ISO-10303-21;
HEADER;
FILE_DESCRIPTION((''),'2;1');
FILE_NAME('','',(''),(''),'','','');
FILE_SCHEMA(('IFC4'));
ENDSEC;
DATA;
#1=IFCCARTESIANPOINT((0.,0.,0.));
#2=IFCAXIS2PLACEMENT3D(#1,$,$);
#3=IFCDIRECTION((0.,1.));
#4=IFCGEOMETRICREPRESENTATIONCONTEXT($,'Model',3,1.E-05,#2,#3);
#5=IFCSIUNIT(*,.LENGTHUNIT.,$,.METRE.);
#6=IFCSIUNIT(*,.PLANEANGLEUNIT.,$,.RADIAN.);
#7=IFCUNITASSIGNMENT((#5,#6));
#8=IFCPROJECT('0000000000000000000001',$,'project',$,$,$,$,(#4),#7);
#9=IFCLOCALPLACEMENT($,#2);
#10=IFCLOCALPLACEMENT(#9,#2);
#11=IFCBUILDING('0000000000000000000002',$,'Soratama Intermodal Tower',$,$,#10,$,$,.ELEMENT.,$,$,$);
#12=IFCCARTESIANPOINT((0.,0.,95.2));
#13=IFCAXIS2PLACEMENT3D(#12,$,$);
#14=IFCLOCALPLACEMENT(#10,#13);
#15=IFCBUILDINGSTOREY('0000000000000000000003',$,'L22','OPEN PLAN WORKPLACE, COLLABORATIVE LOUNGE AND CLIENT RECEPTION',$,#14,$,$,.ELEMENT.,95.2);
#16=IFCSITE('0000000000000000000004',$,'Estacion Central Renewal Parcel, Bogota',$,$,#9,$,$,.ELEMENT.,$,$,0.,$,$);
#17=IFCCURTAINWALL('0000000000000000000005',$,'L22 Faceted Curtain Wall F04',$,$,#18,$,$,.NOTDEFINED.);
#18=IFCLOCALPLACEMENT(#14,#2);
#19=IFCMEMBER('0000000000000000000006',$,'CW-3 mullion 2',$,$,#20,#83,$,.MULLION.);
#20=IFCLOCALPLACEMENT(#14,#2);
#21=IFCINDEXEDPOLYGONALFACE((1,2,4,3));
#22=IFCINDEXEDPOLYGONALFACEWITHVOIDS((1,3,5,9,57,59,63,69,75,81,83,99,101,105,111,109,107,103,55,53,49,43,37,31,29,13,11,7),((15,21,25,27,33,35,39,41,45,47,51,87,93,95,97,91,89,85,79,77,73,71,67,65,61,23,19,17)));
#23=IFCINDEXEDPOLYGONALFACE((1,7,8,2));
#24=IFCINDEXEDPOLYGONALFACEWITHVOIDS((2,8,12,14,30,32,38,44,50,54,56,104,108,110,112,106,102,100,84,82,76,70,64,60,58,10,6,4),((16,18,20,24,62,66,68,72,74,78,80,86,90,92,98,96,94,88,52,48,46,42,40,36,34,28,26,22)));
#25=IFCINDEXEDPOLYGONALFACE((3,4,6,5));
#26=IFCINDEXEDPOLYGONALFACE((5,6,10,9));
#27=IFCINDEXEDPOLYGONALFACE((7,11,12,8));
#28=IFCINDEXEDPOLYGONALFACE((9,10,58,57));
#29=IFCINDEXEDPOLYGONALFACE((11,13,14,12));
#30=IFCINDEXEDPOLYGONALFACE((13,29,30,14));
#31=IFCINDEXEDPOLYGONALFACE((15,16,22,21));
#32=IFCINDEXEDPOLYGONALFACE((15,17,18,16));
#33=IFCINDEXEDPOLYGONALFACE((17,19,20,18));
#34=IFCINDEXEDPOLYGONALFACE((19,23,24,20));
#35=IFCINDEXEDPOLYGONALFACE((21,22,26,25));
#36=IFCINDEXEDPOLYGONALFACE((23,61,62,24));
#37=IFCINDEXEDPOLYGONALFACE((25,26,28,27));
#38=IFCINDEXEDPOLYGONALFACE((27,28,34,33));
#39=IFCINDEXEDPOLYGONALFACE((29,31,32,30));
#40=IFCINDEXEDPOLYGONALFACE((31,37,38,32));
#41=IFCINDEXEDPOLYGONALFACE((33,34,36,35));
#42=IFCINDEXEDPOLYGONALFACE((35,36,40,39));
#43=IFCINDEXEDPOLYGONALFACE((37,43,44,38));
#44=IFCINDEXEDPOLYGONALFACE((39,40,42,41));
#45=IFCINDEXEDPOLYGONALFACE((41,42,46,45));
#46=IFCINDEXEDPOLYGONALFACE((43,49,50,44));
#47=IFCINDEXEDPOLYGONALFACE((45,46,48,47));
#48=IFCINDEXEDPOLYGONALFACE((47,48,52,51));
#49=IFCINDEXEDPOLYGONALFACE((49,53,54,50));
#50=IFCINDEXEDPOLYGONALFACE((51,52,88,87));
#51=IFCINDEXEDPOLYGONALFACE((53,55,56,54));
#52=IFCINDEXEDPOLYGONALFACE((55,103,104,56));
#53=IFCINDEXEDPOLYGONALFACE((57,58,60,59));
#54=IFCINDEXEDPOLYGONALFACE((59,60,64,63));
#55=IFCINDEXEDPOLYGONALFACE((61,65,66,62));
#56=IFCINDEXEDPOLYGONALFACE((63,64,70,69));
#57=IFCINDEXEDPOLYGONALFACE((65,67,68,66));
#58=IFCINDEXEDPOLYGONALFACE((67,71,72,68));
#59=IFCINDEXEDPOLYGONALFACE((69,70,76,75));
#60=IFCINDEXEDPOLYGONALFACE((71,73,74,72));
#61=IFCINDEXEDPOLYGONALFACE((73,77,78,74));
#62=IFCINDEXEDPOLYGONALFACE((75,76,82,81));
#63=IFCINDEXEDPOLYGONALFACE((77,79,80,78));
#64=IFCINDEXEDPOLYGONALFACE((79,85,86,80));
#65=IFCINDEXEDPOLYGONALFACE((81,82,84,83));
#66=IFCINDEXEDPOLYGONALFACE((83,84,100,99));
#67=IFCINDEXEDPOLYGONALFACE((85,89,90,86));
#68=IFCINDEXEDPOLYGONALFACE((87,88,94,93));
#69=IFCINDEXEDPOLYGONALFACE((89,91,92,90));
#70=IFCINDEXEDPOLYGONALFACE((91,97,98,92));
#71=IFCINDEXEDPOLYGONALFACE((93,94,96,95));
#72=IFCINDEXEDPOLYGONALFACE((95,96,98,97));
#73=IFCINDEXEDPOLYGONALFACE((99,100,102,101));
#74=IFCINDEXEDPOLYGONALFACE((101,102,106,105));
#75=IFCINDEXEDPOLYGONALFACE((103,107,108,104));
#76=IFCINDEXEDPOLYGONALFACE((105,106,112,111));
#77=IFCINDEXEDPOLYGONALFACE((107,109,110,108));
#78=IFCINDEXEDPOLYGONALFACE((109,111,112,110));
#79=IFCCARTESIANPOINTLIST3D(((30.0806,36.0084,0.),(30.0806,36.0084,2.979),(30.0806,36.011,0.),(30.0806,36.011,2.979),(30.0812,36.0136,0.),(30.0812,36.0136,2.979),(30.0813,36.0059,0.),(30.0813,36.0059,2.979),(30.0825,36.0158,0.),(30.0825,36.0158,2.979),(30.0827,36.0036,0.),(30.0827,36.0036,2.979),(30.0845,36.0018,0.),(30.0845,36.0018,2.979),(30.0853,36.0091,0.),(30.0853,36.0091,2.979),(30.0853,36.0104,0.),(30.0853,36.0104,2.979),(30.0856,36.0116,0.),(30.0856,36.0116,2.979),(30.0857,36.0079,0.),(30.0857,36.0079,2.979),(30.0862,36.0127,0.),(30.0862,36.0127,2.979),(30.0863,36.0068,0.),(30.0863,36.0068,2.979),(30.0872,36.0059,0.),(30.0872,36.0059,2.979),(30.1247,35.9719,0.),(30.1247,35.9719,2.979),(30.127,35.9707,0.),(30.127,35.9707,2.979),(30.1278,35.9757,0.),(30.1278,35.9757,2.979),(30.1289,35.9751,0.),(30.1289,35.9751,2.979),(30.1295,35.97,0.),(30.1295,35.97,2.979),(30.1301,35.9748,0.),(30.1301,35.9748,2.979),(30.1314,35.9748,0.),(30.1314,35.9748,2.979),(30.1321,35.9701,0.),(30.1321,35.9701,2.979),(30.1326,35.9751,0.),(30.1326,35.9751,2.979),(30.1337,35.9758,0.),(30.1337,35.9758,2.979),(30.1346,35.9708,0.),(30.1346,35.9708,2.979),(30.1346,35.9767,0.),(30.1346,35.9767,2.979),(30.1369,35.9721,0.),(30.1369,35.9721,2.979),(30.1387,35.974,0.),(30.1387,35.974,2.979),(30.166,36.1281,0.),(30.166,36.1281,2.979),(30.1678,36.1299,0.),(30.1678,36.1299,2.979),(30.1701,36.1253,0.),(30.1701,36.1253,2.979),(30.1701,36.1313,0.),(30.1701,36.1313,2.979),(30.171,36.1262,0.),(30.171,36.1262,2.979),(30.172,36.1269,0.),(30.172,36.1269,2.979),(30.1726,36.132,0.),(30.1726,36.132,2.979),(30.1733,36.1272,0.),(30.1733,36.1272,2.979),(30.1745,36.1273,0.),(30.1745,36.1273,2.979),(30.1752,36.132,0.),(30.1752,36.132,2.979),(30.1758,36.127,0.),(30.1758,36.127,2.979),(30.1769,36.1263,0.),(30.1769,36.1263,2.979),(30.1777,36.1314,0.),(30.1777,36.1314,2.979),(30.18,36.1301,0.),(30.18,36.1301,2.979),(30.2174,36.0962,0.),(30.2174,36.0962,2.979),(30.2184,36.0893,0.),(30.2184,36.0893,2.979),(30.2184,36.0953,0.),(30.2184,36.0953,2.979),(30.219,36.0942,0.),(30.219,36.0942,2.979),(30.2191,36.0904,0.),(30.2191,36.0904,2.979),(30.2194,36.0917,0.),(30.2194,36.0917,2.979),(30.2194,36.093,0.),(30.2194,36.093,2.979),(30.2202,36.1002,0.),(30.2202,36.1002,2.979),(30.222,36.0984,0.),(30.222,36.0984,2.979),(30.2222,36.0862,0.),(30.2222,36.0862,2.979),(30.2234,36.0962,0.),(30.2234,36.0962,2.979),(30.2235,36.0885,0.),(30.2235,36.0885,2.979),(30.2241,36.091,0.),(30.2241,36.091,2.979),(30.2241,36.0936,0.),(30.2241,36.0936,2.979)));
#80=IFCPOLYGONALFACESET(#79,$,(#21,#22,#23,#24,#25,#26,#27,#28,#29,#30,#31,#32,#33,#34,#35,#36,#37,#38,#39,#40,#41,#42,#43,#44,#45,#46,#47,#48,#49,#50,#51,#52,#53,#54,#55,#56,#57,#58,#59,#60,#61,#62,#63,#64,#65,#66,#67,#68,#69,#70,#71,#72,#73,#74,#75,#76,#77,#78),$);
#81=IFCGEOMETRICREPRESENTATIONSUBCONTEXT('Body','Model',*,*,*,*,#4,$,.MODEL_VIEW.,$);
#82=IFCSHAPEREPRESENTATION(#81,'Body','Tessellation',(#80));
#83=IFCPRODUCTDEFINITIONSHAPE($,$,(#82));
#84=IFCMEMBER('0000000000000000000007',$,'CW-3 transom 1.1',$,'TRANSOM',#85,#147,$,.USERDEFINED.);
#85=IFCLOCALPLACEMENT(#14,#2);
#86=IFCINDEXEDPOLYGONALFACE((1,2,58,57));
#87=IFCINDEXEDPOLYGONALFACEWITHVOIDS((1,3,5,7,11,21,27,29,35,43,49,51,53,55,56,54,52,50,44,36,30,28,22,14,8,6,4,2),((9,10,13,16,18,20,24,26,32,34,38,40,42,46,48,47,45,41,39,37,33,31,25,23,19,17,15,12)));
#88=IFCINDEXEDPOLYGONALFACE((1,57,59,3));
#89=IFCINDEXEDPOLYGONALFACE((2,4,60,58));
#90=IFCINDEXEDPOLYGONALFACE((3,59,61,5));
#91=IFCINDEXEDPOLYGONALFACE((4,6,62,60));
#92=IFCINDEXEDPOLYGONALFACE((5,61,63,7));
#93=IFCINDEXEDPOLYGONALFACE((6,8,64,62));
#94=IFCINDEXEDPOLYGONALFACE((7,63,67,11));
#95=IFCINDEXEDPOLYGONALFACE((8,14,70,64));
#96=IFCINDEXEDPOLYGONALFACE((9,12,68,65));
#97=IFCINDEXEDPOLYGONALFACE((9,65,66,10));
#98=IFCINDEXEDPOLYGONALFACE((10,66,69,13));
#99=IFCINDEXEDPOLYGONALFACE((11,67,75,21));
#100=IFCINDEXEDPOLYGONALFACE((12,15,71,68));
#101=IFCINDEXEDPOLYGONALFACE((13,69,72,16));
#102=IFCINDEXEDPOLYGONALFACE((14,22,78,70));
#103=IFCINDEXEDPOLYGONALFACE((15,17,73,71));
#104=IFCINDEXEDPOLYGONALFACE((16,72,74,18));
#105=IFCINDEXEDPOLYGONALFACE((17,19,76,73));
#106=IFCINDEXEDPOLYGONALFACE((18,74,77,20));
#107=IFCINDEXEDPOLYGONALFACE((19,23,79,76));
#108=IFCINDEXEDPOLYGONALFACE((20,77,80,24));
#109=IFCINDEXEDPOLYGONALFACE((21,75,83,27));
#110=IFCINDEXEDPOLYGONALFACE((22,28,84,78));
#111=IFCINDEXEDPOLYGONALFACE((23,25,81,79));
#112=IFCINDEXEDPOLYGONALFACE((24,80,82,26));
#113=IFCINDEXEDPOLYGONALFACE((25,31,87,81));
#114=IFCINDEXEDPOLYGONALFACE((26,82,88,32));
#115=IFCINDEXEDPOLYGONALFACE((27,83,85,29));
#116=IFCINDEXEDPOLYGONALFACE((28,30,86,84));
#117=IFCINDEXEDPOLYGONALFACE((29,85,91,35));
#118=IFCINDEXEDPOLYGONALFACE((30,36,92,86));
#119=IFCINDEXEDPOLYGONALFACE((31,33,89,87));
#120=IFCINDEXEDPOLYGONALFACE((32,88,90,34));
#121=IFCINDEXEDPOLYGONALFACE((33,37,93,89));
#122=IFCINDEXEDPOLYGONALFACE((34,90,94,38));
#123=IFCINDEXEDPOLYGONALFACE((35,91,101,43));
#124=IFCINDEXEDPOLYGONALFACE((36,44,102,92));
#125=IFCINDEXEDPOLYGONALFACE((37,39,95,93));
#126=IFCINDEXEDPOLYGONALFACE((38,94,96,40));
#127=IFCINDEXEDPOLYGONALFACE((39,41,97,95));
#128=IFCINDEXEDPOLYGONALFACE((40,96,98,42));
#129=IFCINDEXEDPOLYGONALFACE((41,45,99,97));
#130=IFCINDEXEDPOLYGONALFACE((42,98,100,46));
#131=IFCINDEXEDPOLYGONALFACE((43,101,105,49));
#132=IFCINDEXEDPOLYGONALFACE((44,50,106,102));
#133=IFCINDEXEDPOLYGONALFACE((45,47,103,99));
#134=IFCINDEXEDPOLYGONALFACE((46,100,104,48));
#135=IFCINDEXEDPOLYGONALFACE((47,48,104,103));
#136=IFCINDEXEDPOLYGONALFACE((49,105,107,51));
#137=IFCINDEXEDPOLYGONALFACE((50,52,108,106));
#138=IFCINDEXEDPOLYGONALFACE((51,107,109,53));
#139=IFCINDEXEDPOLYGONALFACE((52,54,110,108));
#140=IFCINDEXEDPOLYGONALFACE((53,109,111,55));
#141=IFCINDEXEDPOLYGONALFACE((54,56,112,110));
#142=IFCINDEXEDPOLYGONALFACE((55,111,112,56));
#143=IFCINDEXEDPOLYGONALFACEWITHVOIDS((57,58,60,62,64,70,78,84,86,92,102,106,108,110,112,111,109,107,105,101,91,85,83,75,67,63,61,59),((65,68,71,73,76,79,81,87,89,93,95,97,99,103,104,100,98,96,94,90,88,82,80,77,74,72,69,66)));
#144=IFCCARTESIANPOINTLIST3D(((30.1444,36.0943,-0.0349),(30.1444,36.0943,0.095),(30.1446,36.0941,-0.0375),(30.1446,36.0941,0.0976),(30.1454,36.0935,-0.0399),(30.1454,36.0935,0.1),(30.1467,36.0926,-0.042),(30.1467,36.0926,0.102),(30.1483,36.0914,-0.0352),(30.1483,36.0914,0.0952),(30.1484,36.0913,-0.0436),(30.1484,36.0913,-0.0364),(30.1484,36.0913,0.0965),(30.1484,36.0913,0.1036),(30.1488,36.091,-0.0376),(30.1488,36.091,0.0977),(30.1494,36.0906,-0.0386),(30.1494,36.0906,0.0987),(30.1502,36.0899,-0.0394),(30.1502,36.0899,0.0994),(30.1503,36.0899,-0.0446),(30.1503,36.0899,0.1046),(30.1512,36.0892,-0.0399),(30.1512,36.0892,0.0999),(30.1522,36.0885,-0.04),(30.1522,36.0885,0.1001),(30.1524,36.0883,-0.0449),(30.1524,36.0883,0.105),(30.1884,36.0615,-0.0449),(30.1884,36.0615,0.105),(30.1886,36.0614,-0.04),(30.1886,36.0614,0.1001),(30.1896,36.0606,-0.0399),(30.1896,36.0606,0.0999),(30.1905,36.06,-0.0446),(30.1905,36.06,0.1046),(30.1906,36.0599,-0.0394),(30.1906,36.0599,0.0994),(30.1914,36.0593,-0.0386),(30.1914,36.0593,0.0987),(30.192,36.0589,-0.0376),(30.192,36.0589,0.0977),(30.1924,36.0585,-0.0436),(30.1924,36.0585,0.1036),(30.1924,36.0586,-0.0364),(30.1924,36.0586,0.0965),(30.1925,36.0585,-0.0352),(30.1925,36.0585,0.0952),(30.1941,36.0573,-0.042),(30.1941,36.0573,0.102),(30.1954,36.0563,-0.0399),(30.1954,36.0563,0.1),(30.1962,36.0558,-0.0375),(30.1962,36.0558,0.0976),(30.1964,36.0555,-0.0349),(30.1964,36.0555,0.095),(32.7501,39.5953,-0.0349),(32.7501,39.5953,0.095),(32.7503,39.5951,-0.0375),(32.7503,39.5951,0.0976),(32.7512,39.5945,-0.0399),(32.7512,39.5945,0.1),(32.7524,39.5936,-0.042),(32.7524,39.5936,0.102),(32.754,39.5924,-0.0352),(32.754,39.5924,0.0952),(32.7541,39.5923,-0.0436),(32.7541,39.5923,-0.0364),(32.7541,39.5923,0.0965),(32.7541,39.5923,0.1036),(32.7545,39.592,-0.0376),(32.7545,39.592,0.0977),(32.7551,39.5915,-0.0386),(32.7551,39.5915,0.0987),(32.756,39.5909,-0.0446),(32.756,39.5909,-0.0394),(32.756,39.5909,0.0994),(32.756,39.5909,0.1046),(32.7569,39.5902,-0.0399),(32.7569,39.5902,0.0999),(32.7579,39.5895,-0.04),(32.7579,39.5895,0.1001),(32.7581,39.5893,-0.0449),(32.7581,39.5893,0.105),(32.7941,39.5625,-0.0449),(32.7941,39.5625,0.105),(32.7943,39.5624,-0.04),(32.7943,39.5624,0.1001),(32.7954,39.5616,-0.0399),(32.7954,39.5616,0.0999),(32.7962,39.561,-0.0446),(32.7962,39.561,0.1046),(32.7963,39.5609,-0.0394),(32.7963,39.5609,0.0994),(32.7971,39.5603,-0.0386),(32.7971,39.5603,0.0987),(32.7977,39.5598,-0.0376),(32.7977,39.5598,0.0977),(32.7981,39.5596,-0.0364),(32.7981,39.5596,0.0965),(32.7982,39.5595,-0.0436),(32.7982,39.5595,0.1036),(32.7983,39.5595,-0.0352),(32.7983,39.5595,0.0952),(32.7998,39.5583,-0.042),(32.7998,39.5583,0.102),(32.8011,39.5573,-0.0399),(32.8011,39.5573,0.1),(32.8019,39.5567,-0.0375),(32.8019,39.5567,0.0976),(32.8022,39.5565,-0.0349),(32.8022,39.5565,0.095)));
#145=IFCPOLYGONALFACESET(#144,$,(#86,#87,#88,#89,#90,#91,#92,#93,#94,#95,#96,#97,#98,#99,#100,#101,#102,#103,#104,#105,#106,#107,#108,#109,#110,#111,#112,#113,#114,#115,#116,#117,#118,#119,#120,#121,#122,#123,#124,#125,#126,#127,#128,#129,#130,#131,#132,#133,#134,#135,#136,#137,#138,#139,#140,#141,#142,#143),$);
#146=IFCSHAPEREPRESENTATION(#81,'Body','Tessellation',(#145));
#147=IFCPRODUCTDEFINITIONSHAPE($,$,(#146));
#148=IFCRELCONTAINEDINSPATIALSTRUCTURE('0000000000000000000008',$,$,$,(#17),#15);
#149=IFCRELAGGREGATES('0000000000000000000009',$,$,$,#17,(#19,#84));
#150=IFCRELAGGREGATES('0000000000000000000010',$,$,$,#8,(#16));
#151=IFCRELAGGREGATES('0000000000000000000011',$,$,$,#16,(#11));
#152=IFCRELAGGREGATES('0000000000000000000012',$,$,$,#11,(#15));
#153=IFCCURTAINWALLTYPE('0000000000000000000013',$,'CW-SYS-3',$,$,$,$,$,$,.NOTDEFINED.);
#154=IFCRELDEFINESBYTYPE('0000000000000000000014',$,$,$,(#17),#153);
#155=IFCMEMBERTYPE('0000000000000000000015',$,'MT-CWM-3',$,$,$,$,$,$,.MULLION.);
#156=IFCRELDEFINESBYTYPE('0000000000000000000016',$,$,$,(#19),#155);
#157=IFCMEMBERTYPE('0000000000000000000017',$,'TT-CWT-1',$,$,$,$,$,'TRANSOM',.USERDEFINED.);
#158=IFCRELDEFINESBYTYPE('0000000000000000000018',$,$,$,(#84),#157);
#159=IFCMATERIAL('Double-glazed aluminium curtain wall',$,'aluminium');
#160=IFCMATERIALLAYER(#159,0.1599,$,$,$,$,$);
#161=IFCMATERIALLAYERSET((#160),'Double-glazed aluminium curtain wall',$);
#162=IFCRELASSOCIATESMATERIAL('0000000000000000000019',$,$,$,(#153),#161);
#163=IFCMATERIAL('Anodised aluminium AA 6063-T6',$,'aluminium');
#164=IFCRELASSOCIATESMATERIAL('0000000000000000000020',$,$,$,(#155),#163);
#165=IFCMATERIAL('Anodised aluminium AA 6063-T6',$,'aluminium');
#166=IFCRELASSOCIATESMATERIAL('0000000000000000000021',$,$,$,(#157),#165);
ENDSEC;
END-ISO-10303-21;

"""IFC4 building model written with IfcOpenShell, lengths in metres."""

from ifc_helpers import new_model, si_unit, direction, frame, origin, origin_2d, place, context, subcontext, project, spatial, hollow_rectangle, extrude, material, layer, layer_set, material_profile, profile_set, type_object, element, aggregate, save


model = new_model("IFC4")

# Units and contexts
model_context = context("Model", 3, precision=1e-05, world=origin(), true_north=direction((0.0, 1.0)))
body_context = subcontext(model_context, "Body", "Model", "MODEL_VIEW")
ifc_project = project(units=[si_unit("LENGTHUNIT", "METRE"), si_unit("PLANEANGLEUNIT", "RADIAN")], contexts=[model_context])

# Site, building, storey
site_placement = place(None, origin())
site = spatial("IfcSite", under=ifc_project, at=site_placement, Name="Estacion Central Renewal Parcel, Bogota", CompositionType="ELEMENT", RefElevation=0.0)
building_placement = place(site_placement, origin())
building = spatial("IfcBuilding", under=site, at=building_placement, Name="Soratama Intermodal Tower", CompositionType="ELEMENT")
storey_placement = place(building_placement, frame((0.0, 0.0, 95.2)))
storey = spatial("IfcBuildingStorey", under=building, at=storey_placement, Name="L22", Description="OPEN PLAN WORKPLACE, COLLABORATIVE LOUNGE AND CLIENT RECEPTION", CompositionType="ELEMENT", Elevation=95.2)

# Curtain wall, members
ifc_material_1 = material(Name="Double-glazed aluminium curtain wall", Category="aluminium")
ifc_layer_1 = layer(ifc_material_1, 0.1599)
ifc_layer_set_1 = layer_set([ifc_layer_1], Name="Double-glazed aluminium curtain wall")
curtain_wall_type = type_object("IfcCurtainWallType", Name="CW-SYS-3", PredefinedType="NOTDEFINED", material=ifc_layer_set_1)
curtain_wall_placement = place(storey_placement, origin())
curtain_wall = element("IfcCurtainWall", 1, at=curtain_wall_placement, inside=storey, type_object=curtain_wall_type, Name="L22 Faceted Curtain Wall F04", PredefinedType="NOTDEFINED")
ifc_material_2 = material(Name="Anodised aluminium AA 6063-T6", Category="aluminium")
ifc_material_profile_1 = material_profile(ifc_material_2, hollow_rectangle(XDim=0.0701, YDim=0.1599, WallThickness=0.0049, InnerFilletRadius=0.0049, OuterFilletRadius=0.01, at=origin_2d()), Name="CWM160X70X5")
ifc_profile_set_1 = profile_set([ifc_material_profile_1], Name="Anodised aluminium AA 6063-T6")
member_type_1 = type_object("IfcMemberType", Name="MT-CWM-3", PredefinedType="MULLION", material=ifc_profile_set_1)
member_1_placement = place(storey_placement, frame((30.1523, 36.051, 0.0), z_axis=(0.0, 0.0, 1.0), x_axis=(0.802189, -0.59707, 0.0)))
member_1 = element("IfcMember", 2, at=member_1_placement, type_object=member_type_1, Name="CW-3 mullion 2", PredefinedType="MULLION", context=body_context, shape_type="SweptSolid", body=[
    extrude(hollow_rectangle(XDim=0.0701, YDim=0.1599, WallThickness=0.0049, InnerFilletRadius=0.0049, OuterFilletRadius=0.01, at=origin_2d()), origin(), (0.0, 0.0, 1.0), 2.979),
])
ifc_material_3 = material(Name="Anodised aluminium AA 6063-T6", Category="aluminium")
ifc_material_profile_2 = material_profile(ifc_material_3, hollow_rectangle(XDim=0.0649, YDim=0.1499, WallThickness=0.0049, InnerFilletRadius=0.0049, OuterFilletRadius=0.01, at=origin_2d()), Name="CWT150X65X5")
ifc_profile_set_2 = profile_set([ifc_material_profile_2], Name="Anodised aluminium AA 6063-T6")
member_type_2 = type_object("IfcMemberType", Name="TT-CWT-1", ElementType="TRANSOM", PredefinedType="USERDEFINED", material=ifc_profile_set_2)
member_2_placement = place(storey_placement, frame((32.7761, 39.5759, 0.03), z_axis=(-0.59706, -0.802196, 0.0), x_axis=(0.802196, -0.59706, 0.0)))
member_2 = element("IfcMember", 3, at=member_2_placement, type_object=member_type_2, Name="CW-3 transom 1.1", ObjectType="TRANSOM", PredefinedType="USERDEFINED", context=body_context, shape_type="SweptSolid", body=[
    extrude(hollow_rectangle(XDim=0.0649, YDim=0.1499, WallThickness=0.0049, InnerFilletRadius=0.0049, OuterFilletRadius=0.01, at=origin_2d()), origin(), (0.0, 0.0, 1.0), 4.3643),
])
aggregate(curtain_wall, [member_1, member_2])

save(model, "model.ifc")
